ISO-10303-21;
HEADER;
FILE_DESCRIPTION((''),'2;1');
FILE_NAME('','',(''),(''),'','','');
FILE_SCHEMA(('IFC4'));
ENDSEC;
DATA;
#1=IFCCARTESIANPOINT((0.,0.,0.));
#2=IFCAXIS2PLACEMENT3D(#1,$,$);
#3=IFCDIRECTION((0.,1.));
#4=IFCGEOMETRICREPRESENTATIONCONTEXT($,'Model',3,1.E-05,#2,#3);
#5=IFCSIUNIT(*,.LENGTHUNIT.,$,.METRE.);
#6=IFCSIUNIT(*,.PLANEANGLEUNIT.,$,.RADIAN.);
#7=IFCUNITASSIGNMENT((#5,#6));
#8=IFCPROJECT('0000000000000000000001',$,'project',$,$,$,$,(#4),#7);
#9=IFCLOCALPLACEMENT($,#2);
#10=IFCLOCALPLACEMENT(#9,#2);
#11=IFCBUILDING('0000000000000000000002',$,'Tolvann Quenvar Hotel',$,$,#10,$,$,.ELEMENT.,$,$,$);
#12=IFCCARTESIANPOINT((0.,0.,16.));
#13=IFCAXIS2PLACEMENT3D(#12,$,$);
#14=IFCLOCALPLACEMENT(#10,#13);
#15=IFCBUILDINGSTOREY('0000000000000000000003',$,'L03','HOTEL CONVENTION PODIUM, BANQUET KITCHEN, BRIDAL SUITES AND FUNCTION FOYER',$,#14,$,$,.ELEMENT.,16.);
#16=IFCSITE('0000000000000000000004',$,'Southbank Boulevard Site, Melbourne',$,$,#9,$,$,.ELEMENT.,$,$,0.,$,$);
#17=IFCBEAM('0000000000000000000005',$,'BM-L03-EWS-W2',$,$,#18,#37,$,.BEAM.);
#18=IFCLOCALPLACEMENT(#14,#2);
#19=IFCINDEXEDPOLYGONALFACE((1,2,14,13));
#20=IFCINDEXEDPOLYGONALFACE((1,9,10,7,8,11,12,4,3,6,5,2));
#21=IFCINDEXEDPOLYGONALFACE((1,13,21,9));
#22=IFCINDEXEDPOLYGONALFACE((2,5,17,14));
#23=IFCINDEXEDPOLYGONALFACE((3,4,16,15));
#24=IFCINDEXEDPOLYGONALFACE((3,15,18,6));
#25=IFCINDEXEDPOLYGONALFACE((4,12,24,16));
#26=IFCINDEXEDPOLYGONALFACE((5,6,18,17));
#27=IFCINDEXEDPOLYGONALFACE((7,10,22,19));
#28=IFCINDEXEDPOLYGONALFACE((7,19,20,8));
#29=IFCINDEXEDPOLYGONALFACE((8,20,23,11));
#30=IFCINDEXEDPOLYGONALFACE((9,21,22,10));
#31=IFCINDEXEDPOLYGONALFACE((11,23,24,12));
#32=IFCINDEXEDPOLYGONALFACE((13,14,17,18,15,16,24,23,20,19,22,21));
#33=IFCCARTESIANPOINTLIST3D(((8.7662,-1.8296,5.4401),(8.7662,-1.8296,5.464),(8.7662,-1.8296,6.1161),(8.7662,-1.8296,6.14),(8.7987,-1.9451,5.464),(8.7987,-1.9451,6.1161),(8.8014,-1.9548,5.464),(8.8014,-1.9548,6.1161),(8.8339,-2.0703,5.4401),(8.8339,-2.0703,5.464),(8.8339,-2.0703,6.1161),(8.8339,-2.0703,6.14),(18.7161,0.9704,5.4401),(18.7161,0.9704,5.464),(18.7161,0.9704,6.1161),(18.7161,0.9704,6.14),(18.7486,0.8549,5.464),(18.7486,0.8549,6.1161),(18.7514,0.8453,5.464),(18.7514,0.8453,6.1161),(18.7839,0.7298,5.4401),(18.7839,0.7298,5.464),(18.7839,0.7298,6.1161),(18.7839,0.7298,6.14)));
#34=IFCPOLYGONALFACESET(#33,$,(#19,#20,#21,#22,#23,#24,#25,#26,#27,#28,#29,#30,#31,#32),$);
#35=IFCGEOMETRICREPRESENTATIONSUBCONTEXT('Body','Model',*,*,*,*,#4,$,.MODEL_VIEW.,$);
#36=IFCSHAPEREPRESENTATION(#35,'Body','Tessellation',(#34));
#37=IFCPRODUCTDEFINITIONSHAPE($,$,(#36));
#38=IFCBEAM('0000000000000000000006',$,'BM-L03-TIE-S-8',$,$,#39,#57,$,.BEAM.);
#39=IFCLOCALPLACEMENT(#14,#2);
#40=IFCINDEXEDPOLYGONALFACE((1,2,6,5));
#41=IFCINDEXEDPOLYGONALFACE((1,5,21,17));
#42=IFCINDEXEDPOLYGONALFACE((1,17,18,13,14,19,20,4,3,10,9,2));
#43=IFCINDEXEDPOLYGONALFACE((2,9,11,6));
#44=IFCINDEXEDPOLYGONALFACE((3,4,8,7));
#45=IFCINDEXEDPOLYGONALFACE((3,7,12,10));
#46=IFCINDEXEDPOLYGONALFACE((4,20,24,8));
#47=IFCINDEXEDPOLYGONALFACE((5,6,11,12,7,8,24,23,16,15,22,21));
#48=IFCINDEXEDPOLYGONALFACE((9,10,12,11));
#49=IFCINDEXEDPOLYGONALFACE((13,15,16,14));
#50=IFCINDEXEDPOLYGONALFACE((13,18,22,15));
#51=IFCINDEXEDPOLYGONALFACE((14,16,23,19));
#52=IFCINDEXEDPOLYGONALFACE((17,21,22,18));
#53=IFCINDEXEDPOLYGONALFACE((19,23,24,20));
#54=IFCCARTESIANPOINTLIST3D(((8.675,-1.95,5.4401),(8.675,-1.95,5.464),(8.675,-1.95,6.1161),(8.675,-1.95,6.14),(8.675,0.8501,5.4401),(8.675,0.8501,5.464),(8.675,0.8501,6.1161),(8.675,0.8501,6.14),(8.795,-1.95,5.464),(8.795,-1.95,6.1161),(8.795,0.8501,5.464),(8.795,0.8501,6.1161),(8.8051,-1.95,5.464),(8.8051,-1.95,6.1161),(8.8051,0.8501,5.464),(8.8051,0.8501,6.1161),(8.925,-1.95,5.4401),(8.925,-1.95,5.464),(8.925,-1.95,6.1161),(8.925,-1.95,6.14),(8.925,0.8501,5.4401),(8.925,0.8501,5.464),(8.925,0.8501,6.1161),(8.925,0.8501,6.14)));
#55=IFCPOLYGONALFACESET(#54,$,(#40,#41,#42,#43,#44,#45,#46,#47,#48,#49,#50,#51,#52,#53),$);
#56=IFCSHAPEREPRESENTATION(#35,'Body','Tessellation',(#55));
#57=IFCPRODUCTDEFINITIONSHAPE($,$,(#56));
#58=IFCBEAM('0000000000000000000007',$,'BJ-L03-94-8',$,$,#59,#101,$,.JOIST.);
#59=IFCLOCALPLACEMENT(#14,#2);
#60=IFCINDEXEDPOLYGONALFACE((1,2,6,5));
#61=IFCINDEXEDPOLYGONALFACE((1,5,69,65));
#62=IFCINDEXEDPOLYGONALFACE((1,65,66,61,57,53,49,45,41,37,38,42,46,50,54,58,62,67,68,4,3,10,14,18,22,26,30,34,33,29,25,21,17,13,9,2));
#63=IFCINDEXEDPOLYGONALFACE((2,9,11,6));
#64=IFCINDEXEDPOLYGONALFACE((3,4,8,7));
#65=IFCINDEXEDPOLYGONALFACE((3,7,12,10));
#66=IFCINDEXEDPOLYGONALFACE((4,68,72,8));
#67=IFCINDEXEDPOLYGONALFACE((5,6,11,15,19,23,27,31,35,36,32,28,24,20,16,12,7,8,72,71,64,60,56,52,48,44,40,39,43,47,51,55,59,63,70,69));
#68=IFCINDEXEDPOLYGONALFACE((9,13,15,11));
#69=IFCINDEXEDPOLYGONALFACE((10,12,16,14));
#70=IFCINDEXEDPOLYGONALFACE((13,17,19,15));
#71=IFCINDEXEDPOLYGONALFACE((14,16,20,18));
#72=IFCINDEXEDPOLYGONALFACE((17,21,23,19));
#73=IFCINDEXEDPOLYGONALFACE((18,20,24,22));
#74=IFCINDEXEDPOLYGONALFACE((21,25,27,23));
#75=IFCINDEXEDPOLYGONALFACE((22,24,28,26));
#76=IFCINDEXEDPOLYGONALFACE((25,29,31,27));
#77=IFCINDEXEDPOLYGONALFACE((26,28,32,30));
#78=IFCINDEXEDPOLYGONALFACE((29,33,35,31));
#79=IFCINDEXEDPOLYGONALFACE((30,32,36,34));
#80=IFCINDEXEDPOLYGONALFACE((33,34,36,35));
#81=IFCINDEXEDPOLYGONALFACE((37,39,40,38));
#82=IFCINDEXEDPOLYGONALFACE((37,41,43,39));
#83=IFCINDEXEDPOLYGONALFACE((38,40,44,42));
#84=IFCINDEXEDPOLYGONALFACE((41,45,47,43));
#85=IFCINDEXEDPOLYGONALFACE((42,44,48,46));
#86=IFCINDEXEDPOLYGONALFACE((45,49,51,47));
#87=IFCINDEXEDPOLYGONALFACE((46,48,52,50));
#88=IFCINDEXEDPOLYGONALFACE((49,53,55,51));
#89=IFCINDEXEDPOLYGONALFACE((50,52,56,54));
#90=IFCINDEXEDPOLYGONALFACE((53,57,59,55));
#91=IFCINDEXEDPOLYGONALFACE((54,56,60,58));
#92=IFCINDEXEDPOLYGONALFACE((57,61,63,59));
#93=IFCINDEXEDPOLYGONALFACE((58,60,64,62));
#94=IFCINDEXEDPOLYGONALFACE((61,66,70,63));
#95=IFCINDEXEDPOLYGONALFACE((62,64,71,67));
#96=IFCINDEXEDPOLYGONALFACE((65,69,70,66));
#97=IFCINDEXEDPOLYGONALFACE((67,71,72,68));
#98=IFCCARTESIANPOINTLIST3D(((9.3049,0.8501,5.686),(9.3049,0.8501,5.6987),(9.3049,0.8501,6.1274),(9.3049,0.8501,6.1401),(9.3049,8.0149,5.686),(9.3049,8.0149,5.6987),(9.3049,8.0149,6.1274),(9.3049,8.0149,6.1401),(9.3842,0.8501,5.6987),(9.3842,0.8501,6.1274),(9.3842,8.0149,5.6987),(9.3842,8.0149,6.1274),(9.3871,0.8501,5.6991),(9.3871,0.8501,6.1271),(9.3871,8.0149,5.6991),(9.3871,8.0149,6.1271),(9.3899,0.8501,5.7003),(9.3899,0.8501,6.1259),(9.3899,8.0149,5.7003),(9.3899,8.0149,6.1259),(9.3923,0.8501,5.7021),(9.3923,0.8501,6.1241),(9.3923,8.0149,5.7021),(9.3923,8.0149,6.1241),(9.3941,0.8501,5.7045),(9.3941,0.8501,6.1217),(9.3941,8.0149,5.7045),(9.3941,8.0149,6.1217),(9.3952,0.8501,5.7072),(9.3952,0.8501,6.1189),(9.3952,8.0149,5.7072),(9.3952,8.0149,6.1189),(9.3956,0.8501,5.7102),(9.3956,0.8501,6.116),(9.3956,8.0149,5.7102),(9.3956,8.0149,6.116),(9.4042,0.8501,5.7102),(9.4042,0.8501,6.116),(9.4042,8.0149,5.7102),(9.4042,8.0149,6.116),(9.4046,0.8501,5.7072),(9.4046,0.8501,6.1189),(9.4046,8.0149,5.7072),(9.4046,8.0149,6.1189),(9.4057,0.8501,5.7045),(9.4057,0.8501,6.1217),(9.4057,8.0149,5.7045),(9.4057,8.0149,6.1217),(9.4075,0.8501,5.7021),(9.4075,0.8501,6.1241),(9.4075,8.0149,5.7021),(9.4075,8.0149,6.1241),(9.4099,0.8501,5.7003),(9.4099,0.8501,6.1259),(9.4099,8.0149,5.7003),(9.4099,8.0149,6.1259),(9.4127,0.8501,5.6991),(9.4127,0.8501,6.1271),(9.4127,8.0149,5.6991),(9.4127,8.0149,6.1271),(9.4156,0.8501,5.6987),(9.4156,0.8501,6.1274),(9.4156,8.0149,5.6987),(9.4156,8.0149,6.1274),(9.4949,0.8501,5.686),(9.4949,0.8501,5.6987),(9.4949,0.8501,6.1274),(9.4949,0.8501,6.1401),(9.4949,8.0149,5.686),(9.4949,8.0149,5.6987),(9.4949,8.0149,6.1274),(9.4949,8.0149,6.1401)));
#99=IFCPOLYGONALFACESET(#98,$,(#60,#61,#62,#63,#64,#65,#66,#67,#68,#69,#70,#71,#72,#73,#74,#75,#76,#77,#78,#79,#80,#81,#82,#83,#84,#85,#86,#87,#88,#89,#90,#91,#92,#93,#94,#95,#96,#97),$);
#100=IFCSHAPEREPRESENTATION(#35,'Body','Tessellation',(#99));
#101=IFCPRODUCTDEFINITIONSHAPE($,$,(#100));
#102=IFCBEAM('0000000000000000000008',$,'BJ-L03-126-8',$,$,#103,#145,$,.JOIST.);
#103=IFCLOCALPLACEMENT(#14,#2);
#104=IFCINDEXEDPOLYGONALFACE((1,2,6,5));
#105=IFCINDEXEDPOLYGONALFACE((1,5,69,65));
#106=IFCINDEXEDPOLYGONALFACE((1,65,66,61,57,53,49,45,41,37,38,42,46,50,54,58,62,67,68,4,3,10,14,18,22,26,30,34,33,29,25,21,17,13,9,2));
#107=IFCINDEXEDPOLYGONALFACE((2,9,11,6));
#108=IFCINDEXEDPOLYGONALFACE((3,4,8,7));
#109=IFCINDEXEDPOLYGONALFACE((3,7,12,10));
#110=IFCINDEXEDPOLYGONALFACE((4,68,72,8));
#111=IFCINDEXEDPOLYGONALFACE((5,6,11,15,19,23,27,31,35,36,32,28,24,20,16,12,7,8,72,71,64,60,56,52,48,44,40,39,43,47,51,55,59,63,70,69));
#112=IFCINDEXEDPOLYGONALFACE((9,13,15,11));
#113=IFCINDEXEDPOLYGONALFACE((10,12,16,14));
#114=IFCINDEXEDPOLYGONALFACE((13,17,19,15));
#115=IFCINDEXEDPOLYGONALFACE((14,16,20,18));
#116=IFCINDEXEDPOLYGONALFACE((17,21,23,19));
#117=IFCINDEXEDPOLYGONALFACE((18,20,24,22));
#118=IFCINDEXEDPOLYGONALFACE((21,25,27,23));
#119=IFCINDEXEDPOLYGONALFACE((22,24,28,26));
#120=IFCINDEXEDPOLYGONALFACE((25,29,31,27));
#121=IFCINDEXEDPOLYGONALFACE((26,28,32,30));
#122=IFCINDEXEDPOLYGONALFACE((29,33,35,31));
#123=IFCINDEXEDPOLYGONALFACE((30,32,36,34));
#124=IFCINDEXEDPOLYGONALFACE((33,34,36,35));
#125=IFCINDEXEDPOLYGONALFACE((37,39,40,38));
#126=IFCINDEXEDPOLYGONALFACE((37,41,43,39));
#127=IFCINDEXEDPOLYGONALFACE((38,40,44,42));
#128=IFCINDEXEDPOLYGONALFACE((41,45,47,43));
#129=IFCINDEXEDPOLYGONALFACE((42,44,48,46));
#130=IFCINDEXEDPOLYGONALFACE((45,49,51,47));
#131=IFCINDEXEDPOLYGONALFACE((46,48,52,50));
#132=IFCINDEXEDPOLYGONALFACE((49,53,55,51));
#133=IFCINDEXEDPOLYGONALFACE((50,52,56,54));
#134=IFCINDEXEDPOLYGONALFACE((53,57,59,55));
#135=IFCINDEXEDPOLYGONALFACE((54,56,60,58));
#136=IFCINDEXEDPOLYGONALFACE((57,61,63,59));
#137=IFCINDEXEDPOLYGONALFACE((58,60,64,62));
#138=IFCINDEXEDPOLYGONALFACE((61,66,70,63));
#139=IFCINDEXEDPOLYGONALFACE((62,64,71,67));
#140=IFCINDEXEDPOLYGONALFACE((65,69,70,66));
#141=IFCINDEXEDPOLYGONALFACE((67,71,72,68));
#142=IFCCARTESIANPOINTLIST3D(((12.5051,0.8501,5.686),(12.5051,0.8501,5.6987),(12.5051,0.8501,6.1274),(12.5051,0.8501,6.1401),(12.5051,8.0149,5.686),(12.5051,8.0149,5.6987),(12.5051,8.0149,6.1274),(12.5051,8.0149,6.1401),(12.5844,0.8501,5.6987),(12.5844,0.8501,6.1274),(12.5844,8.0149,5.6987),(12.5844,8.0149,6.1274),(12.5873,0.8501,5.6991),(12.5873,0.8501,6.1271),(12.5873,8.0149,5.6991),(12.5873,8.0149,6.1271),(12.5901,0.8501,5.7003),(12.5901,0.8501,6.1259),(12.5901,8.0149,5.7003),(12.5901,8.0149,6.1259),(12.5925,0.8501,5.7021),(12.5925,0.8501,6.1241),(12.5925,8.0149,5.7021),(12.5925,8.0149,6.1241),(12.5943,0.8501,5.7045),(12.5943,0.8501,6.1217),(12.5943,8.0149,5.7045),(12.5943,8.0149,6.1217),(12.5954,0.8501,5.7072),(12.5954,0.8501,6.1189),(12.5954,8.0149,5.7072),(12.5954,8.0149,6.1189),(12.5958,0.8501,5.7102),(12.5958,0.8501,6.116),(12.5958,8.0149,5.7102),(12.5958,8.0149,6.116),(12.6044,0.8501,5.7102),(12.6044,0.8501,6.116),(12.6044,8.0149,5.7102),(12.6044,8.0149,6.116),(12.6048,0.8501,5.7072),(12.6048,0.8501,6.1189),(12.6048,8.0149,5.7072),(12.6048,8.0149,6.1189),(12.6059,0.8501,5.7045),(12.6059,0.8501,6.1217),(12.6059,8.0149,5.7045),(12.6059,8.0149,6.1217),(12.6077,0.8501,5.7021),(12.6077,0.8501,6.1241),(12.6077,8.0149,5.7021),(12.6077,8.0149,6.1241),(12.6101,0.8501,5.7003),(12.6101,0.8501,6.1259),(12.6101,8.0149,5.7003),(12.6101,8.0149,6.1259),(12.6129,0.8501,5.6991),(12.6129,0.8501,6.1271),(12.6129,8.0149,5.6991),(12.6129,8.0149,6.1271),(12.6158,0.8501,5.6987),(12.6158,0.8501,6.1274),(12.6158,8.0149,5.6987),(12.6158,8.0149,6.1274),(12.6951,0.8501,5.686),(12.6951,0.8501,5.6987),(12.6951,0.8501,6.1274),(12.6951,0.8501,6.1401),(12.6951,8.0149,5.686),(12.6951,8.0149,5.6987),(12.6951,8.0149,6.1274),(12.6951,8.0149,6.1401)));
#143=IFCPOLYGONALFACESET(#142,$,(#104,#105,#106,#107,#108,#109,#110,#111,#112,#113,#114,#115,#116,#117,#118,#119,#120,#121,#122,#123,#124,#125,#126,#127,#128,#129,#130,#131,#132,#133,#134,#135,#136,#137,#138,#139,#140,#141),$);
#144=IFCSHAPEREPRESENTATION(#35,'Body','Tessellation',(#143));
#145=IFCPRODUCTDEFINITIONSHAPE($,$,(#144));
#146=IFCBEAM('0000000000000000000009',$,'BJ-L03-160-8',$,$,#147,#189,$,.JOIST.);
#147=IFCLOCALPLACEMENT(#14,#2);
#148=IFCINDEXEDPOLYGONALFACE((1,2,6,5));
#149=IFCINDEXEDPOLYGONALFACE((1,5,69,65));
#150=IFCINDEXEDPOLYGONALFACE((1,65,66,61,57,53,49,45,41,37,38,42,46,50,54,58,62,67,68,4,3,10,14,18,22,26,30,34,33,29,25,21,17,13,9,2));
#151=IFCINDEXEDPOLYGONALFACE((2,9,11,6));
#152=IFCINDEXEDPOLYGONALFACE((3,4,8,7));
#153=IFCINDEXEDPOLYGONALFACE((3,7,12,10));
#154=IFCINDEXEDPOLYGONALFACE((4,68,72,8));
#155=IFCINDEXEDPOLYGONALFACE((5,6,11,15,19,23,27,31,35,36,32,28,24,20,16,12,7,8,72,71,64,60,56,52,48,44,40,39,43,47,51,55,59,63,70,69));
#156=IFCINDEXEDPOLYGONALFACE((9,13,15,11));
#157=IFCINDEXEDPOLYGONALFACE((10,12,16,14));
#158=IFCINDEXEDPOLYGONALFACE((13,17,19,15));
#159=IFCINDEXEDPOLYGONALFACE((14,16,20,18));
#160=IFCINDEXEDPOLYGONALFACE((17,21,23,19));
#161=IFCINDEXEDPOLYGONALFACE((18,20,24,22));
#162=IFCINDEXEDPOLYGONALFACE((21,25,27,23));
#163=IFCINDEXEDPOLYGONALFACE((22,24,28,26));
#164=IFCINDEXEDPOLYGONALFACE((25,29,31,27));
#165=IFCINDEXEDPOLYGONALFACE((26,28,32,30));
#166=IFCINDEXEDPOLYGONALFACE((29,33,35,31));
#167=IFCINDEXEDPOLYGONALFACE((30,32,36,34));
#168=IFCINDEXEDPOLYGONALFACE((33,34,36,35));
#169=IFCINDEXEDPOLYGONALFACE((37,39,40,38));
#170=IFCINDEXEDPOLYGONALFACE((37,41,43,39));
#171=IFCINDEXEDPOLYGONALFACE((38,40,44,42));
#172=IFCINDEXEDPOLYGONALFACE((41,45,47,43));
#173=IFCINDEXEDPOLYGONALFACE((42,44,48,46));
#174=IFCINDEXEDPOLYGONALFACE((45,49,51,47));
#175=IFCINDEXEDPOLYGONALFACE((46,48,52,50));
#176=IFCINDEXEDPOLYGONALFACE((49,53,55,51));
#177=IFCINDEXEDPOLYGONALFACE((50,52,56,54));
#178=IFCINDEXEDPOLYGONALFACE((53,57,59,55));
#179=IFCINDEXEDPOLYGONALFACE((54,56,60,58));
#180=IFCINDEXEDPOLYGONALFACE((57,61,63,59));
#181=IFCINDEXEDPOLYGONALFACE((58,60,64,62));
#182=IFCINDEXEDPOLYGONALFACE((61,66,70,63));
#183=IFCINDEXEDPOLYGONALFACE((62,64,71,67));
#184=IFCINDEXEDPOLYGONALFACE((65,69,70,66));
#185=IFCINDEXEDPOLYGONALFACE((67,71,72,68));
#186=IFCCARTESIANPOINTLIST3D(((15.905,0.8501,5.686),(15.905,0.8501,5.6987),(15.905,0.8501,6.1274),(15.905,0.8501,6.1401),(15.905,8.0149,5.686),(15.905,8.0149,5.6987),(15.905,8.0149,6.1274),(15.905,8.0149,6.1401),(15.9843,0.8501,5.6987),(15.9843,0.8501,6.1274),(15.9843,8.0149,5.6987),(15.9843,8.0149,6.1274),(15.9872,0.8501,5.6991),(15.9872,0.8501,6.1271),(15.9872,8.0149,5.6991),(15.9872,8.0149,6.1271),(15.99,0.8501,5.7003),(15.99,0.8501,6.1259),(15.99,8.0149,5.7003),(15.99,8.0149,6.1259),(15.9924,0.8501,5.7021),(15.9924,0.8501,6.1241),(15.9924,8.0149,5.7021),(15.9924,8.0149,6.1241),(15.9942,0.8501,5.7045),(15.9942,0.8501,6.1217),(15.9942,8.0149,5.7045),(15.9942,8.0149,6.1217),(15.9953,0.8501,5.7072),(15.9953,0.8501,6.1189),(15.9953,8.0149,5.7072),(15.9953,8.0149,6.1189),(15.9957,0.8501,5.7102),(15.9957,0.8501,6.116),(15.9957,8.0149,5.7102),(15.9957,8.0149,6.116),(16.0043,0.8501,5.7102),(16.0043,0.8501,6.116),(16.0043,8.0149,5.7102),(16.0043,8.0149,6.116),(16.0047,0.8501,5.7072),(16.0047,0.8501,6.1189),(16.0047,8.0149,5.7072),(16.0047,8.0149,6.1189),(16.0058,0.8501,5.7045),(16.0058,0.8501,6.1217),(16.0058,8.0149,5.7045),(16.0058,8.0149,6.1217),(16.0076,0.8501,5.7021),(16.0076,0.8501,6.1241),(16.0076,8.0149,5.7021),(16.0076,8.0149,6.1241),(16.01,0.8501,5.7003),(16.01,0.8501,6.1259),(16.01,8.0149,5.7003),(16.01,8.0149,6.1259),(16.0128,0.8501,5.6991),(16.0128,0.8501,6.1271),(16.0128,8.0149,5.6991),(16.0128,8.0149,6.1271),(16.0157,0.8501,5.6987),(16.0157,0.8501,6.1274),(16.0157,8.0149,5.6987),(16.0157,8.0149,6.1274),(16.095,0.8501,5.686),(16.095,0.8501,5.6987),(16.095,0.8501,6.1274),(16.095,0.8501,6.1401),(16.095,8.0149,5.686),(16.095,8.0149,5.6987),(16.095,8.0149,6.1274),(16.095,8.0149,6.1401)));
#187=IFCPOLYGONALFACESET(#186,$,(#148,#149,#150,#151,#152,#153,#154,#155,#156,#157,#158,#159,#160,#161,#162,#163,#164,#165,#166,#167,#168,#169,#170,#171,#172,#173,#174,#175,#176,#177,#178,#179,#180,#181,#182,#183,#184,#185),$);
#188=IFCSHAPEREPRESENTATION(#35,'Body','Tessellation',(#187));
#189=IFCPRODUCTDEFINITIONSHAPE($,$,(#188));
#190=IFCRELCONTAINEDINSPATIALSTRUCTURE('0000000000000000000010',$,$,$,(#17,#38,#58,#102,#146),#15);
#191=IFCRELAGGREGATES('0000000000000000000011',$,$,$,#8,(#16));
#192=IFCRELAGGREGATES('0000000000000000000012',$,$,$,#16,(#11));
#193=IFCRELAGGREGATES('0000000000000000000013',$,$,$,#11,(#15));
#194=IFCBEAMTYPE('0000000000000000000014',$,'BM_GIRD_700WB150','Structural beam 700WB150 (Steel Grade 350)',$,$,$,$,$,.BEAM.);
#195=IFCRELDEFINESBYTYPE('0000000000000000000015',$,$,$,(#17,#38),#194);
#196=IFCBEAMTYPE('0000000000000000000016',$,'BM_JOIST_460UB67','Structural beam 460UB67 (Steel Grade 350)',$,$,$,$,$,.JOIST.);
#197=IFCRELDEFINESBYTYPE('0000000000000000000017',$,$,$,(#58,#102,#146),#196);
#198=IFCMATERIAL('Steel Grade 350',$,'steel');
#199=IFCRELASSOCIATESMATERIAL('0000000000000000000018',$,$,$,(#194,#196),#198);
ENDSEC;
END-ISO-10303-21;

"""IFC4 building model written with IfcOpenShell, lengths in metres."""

from ifc_helpers import new_model, si_unit, direction, frame, origin, origin_2d, place, context, subcontext, project, spatial, i_section, extrude, source, transform, mapped, material, material_profile, profile_set, type_object, type_shapes, element, save


model = new_model("IFC4")

# Units and contexts
model_context = context("Model", 3, precision=1e-05, world=origin(), true_north=direction((0.0, 1.0)))
body_context = subcontext(model_context, "Body", "Model", "MODEL_VIEW")
ifc_project = project(units=[si_unit("LENGTHUNIT", "METRE"), si_unit("PLANEANGLEUNIT", "RADIAN")], contexts=[model_context])

# Site, building, storey
site_placement = place(None, origin())
site = spatial("IfcSite", under=ifc_project, at=site_placement, Name="Southbank Boulevard Site, Melbourne", CompositionType="ELEMENT", RefElevation=0.0)
building_placement = place(site_placement, origin())
building = spatial("IfcBuilding", under=site, at=building_placement, Name="Tolvann Quenvar Hotel", CompositionType="ELEMENT")
storey_placement = place(building_placement, frame((0.0, 0.0, 16.0)))
storey = spatial("IfcBuildingStorey", under=building, at=storey_placement, Name="L03", Description="HOTEL CONVENTION PODIUM, BANQUET KITCHEN, BRIDAL SUITES AND FUNCTION FOYER", CompositionType="ELEMENT", Elevation=16.0)

# Beams
ifc_material_1 = material(Name="Steel Grade 350", Category="steel")
ifc_material_profile_1 = material_profile(ifc_material_1, i_section(OverallWidth=0.25, OverallDepth=0.7, WebThickness=0.01, FlangeThickness=0.0239, at=origin_2d()), Name="700WB150")
ifc_profile_set_1 = profile_set([ifc_material_profile_1], Name="Steel Grade 350")
beam_type_1 = type_object("IfcBeamType", Name="BM_GIRD_700WB150", Description="Structural beam 700WB150 (Steel Grade 350)", PredefinedType="BEAM", material=ifc_profile_set_1)
shared_shape_1 = source(origin(), body_context, "Body", "SweptSolid", [
    extrude(i_section(OverallWidth=0.25, OverallDepth=0.7, WebThickness=0.01, FlangeThickness=0.0239, at=origin_2d()), origin(), (0.0, 0.0, 1.0), 10.3364),
])
beam_1_placement = place(storey_placement, frame((8.8, -1.95, 5.79), z_axis=(0.96261, 0.270891, 0.0), x_axis=(-0.270891, 0.96261, 0.0)))
element("IfcBeam", 1, at=beam_1_placement, inside=storey, type_object=beam_type_1, Name="BM-L03-EWS-W2", PredefinedType="BEAM", context=body_context, shape_type="MappedRepresentation", body=[
    mapped(shared_shape_1, transform((0.0, 0.0, 0.0), x_axis=(1.0, 0.0, 0.0), y_axis=(0.0, 1.0, 0.0), z_axis=(0.0, 0.0, 1.0), scale=1.0)),
])
shared_shape_2 = source(origin(), body_context, "Body", "SweptSolid", [
    extrude(i_section(OverallWidth=0.25, OverallDepth=0.7, WebThickness=0.01, FlangeThickness=0.0239, at=origin_2d()), origin(), (0.0, 0.0, 1.0), 2.8),
])
type_shapes(beam_type_1, [shared_shape_1, shared_shape_2])
beam_2_placement = place(storey_placement, frame((8.8, -1.95, 5.79), z_axis=(0.0, 1.0, 0.0), x_axis=(-1.0, 0.0, 0.0)))
element("IfcBeam", 2, at=beam_2_placement, inside=storey, type_object=beam_type_1, Name="BM-L03-TIE-S-8", PredefinedType="BEAM", context=body_context, shape_type="MappedRepresentation", body=[
    mapped(shared_shape_2, transform((0.0, 0.0, 0.0), x_axis=(1.0, 0.0, 0.0), y_axis=(0.0, 1.0, 0.0), z_axis=(0.0, 0.0, 1.0), scale=1.0)),
])
ifc_material_profile_2 = material_profile(ifc_material_1, i_section(OverallWidth=0.1899, OverallDepth=0.4541, WebThickness=0.0085, FlangeThickness=0.0127, FilletRadius=0.0115, at=origin_2d()), Name="460UB67")
ifc_profile_set_2 = profile_set([ifc_material_profile_2], Name="Steel Grade 350")
beam_type_2 = type_object("IfcBeamType", Name="BM_JOIST_460UB67", Description="Structural beam 460UB67 (Steel Grade 350)", PredefinedType="JOIST", material=ifc_profile_set_2)
shared_shape_3 = source(origin(), body_context, "Body", "SweptSolid", [
    extrude(i_section(OverallWidth=0.1899, OverallDepth=0.4541, WebThickness=0.0085, FlangeThickness=0.0127, FilletRadius=0.0115, at=origin_2d()), origin(), (0.0, 0.0, 1.0), 7.1648),
])
for number, where, z_axis, x_axis, name in (
    (3, (9.3999, 0.8501, 5.9131), (0.0, 1.0, 0.0), (-1.0, 0.0, 0.0), "BJ-L03-94-8"),
    (4, (12.6001, 0.8501, 5.9131), (0.0, 1.0, 0.0), (-1.0, 0.0, 0.0), "BJ-L03-126-8"),
    (5, (16.0, 0.8501, 5.9131), (0.0, 1.0, 0.0), (-1.0, 0.0, 0.0), "BJ-L03-160-8"),
):
    element("IfcBeam", number, at=place(storey_placement, frame(where, z_axis=z_axis, x_axis=x_axis)), inside=storey, type_object=beam_type_2, Name=name, PredefinedType="JOIST", context=body_context, shape_type="MappedRepresentation", body=[
        mapped(shared_shape_3, transform((0.0, 0.0, 0.0), x_axis=(1.0, 0.0, 0.0), y_axis=(0.0, 1.0, 0.0), z_axis=(0.0, 0.0, 1.0), scale=1.0)),
    ])

save(model, "model.ifc")
